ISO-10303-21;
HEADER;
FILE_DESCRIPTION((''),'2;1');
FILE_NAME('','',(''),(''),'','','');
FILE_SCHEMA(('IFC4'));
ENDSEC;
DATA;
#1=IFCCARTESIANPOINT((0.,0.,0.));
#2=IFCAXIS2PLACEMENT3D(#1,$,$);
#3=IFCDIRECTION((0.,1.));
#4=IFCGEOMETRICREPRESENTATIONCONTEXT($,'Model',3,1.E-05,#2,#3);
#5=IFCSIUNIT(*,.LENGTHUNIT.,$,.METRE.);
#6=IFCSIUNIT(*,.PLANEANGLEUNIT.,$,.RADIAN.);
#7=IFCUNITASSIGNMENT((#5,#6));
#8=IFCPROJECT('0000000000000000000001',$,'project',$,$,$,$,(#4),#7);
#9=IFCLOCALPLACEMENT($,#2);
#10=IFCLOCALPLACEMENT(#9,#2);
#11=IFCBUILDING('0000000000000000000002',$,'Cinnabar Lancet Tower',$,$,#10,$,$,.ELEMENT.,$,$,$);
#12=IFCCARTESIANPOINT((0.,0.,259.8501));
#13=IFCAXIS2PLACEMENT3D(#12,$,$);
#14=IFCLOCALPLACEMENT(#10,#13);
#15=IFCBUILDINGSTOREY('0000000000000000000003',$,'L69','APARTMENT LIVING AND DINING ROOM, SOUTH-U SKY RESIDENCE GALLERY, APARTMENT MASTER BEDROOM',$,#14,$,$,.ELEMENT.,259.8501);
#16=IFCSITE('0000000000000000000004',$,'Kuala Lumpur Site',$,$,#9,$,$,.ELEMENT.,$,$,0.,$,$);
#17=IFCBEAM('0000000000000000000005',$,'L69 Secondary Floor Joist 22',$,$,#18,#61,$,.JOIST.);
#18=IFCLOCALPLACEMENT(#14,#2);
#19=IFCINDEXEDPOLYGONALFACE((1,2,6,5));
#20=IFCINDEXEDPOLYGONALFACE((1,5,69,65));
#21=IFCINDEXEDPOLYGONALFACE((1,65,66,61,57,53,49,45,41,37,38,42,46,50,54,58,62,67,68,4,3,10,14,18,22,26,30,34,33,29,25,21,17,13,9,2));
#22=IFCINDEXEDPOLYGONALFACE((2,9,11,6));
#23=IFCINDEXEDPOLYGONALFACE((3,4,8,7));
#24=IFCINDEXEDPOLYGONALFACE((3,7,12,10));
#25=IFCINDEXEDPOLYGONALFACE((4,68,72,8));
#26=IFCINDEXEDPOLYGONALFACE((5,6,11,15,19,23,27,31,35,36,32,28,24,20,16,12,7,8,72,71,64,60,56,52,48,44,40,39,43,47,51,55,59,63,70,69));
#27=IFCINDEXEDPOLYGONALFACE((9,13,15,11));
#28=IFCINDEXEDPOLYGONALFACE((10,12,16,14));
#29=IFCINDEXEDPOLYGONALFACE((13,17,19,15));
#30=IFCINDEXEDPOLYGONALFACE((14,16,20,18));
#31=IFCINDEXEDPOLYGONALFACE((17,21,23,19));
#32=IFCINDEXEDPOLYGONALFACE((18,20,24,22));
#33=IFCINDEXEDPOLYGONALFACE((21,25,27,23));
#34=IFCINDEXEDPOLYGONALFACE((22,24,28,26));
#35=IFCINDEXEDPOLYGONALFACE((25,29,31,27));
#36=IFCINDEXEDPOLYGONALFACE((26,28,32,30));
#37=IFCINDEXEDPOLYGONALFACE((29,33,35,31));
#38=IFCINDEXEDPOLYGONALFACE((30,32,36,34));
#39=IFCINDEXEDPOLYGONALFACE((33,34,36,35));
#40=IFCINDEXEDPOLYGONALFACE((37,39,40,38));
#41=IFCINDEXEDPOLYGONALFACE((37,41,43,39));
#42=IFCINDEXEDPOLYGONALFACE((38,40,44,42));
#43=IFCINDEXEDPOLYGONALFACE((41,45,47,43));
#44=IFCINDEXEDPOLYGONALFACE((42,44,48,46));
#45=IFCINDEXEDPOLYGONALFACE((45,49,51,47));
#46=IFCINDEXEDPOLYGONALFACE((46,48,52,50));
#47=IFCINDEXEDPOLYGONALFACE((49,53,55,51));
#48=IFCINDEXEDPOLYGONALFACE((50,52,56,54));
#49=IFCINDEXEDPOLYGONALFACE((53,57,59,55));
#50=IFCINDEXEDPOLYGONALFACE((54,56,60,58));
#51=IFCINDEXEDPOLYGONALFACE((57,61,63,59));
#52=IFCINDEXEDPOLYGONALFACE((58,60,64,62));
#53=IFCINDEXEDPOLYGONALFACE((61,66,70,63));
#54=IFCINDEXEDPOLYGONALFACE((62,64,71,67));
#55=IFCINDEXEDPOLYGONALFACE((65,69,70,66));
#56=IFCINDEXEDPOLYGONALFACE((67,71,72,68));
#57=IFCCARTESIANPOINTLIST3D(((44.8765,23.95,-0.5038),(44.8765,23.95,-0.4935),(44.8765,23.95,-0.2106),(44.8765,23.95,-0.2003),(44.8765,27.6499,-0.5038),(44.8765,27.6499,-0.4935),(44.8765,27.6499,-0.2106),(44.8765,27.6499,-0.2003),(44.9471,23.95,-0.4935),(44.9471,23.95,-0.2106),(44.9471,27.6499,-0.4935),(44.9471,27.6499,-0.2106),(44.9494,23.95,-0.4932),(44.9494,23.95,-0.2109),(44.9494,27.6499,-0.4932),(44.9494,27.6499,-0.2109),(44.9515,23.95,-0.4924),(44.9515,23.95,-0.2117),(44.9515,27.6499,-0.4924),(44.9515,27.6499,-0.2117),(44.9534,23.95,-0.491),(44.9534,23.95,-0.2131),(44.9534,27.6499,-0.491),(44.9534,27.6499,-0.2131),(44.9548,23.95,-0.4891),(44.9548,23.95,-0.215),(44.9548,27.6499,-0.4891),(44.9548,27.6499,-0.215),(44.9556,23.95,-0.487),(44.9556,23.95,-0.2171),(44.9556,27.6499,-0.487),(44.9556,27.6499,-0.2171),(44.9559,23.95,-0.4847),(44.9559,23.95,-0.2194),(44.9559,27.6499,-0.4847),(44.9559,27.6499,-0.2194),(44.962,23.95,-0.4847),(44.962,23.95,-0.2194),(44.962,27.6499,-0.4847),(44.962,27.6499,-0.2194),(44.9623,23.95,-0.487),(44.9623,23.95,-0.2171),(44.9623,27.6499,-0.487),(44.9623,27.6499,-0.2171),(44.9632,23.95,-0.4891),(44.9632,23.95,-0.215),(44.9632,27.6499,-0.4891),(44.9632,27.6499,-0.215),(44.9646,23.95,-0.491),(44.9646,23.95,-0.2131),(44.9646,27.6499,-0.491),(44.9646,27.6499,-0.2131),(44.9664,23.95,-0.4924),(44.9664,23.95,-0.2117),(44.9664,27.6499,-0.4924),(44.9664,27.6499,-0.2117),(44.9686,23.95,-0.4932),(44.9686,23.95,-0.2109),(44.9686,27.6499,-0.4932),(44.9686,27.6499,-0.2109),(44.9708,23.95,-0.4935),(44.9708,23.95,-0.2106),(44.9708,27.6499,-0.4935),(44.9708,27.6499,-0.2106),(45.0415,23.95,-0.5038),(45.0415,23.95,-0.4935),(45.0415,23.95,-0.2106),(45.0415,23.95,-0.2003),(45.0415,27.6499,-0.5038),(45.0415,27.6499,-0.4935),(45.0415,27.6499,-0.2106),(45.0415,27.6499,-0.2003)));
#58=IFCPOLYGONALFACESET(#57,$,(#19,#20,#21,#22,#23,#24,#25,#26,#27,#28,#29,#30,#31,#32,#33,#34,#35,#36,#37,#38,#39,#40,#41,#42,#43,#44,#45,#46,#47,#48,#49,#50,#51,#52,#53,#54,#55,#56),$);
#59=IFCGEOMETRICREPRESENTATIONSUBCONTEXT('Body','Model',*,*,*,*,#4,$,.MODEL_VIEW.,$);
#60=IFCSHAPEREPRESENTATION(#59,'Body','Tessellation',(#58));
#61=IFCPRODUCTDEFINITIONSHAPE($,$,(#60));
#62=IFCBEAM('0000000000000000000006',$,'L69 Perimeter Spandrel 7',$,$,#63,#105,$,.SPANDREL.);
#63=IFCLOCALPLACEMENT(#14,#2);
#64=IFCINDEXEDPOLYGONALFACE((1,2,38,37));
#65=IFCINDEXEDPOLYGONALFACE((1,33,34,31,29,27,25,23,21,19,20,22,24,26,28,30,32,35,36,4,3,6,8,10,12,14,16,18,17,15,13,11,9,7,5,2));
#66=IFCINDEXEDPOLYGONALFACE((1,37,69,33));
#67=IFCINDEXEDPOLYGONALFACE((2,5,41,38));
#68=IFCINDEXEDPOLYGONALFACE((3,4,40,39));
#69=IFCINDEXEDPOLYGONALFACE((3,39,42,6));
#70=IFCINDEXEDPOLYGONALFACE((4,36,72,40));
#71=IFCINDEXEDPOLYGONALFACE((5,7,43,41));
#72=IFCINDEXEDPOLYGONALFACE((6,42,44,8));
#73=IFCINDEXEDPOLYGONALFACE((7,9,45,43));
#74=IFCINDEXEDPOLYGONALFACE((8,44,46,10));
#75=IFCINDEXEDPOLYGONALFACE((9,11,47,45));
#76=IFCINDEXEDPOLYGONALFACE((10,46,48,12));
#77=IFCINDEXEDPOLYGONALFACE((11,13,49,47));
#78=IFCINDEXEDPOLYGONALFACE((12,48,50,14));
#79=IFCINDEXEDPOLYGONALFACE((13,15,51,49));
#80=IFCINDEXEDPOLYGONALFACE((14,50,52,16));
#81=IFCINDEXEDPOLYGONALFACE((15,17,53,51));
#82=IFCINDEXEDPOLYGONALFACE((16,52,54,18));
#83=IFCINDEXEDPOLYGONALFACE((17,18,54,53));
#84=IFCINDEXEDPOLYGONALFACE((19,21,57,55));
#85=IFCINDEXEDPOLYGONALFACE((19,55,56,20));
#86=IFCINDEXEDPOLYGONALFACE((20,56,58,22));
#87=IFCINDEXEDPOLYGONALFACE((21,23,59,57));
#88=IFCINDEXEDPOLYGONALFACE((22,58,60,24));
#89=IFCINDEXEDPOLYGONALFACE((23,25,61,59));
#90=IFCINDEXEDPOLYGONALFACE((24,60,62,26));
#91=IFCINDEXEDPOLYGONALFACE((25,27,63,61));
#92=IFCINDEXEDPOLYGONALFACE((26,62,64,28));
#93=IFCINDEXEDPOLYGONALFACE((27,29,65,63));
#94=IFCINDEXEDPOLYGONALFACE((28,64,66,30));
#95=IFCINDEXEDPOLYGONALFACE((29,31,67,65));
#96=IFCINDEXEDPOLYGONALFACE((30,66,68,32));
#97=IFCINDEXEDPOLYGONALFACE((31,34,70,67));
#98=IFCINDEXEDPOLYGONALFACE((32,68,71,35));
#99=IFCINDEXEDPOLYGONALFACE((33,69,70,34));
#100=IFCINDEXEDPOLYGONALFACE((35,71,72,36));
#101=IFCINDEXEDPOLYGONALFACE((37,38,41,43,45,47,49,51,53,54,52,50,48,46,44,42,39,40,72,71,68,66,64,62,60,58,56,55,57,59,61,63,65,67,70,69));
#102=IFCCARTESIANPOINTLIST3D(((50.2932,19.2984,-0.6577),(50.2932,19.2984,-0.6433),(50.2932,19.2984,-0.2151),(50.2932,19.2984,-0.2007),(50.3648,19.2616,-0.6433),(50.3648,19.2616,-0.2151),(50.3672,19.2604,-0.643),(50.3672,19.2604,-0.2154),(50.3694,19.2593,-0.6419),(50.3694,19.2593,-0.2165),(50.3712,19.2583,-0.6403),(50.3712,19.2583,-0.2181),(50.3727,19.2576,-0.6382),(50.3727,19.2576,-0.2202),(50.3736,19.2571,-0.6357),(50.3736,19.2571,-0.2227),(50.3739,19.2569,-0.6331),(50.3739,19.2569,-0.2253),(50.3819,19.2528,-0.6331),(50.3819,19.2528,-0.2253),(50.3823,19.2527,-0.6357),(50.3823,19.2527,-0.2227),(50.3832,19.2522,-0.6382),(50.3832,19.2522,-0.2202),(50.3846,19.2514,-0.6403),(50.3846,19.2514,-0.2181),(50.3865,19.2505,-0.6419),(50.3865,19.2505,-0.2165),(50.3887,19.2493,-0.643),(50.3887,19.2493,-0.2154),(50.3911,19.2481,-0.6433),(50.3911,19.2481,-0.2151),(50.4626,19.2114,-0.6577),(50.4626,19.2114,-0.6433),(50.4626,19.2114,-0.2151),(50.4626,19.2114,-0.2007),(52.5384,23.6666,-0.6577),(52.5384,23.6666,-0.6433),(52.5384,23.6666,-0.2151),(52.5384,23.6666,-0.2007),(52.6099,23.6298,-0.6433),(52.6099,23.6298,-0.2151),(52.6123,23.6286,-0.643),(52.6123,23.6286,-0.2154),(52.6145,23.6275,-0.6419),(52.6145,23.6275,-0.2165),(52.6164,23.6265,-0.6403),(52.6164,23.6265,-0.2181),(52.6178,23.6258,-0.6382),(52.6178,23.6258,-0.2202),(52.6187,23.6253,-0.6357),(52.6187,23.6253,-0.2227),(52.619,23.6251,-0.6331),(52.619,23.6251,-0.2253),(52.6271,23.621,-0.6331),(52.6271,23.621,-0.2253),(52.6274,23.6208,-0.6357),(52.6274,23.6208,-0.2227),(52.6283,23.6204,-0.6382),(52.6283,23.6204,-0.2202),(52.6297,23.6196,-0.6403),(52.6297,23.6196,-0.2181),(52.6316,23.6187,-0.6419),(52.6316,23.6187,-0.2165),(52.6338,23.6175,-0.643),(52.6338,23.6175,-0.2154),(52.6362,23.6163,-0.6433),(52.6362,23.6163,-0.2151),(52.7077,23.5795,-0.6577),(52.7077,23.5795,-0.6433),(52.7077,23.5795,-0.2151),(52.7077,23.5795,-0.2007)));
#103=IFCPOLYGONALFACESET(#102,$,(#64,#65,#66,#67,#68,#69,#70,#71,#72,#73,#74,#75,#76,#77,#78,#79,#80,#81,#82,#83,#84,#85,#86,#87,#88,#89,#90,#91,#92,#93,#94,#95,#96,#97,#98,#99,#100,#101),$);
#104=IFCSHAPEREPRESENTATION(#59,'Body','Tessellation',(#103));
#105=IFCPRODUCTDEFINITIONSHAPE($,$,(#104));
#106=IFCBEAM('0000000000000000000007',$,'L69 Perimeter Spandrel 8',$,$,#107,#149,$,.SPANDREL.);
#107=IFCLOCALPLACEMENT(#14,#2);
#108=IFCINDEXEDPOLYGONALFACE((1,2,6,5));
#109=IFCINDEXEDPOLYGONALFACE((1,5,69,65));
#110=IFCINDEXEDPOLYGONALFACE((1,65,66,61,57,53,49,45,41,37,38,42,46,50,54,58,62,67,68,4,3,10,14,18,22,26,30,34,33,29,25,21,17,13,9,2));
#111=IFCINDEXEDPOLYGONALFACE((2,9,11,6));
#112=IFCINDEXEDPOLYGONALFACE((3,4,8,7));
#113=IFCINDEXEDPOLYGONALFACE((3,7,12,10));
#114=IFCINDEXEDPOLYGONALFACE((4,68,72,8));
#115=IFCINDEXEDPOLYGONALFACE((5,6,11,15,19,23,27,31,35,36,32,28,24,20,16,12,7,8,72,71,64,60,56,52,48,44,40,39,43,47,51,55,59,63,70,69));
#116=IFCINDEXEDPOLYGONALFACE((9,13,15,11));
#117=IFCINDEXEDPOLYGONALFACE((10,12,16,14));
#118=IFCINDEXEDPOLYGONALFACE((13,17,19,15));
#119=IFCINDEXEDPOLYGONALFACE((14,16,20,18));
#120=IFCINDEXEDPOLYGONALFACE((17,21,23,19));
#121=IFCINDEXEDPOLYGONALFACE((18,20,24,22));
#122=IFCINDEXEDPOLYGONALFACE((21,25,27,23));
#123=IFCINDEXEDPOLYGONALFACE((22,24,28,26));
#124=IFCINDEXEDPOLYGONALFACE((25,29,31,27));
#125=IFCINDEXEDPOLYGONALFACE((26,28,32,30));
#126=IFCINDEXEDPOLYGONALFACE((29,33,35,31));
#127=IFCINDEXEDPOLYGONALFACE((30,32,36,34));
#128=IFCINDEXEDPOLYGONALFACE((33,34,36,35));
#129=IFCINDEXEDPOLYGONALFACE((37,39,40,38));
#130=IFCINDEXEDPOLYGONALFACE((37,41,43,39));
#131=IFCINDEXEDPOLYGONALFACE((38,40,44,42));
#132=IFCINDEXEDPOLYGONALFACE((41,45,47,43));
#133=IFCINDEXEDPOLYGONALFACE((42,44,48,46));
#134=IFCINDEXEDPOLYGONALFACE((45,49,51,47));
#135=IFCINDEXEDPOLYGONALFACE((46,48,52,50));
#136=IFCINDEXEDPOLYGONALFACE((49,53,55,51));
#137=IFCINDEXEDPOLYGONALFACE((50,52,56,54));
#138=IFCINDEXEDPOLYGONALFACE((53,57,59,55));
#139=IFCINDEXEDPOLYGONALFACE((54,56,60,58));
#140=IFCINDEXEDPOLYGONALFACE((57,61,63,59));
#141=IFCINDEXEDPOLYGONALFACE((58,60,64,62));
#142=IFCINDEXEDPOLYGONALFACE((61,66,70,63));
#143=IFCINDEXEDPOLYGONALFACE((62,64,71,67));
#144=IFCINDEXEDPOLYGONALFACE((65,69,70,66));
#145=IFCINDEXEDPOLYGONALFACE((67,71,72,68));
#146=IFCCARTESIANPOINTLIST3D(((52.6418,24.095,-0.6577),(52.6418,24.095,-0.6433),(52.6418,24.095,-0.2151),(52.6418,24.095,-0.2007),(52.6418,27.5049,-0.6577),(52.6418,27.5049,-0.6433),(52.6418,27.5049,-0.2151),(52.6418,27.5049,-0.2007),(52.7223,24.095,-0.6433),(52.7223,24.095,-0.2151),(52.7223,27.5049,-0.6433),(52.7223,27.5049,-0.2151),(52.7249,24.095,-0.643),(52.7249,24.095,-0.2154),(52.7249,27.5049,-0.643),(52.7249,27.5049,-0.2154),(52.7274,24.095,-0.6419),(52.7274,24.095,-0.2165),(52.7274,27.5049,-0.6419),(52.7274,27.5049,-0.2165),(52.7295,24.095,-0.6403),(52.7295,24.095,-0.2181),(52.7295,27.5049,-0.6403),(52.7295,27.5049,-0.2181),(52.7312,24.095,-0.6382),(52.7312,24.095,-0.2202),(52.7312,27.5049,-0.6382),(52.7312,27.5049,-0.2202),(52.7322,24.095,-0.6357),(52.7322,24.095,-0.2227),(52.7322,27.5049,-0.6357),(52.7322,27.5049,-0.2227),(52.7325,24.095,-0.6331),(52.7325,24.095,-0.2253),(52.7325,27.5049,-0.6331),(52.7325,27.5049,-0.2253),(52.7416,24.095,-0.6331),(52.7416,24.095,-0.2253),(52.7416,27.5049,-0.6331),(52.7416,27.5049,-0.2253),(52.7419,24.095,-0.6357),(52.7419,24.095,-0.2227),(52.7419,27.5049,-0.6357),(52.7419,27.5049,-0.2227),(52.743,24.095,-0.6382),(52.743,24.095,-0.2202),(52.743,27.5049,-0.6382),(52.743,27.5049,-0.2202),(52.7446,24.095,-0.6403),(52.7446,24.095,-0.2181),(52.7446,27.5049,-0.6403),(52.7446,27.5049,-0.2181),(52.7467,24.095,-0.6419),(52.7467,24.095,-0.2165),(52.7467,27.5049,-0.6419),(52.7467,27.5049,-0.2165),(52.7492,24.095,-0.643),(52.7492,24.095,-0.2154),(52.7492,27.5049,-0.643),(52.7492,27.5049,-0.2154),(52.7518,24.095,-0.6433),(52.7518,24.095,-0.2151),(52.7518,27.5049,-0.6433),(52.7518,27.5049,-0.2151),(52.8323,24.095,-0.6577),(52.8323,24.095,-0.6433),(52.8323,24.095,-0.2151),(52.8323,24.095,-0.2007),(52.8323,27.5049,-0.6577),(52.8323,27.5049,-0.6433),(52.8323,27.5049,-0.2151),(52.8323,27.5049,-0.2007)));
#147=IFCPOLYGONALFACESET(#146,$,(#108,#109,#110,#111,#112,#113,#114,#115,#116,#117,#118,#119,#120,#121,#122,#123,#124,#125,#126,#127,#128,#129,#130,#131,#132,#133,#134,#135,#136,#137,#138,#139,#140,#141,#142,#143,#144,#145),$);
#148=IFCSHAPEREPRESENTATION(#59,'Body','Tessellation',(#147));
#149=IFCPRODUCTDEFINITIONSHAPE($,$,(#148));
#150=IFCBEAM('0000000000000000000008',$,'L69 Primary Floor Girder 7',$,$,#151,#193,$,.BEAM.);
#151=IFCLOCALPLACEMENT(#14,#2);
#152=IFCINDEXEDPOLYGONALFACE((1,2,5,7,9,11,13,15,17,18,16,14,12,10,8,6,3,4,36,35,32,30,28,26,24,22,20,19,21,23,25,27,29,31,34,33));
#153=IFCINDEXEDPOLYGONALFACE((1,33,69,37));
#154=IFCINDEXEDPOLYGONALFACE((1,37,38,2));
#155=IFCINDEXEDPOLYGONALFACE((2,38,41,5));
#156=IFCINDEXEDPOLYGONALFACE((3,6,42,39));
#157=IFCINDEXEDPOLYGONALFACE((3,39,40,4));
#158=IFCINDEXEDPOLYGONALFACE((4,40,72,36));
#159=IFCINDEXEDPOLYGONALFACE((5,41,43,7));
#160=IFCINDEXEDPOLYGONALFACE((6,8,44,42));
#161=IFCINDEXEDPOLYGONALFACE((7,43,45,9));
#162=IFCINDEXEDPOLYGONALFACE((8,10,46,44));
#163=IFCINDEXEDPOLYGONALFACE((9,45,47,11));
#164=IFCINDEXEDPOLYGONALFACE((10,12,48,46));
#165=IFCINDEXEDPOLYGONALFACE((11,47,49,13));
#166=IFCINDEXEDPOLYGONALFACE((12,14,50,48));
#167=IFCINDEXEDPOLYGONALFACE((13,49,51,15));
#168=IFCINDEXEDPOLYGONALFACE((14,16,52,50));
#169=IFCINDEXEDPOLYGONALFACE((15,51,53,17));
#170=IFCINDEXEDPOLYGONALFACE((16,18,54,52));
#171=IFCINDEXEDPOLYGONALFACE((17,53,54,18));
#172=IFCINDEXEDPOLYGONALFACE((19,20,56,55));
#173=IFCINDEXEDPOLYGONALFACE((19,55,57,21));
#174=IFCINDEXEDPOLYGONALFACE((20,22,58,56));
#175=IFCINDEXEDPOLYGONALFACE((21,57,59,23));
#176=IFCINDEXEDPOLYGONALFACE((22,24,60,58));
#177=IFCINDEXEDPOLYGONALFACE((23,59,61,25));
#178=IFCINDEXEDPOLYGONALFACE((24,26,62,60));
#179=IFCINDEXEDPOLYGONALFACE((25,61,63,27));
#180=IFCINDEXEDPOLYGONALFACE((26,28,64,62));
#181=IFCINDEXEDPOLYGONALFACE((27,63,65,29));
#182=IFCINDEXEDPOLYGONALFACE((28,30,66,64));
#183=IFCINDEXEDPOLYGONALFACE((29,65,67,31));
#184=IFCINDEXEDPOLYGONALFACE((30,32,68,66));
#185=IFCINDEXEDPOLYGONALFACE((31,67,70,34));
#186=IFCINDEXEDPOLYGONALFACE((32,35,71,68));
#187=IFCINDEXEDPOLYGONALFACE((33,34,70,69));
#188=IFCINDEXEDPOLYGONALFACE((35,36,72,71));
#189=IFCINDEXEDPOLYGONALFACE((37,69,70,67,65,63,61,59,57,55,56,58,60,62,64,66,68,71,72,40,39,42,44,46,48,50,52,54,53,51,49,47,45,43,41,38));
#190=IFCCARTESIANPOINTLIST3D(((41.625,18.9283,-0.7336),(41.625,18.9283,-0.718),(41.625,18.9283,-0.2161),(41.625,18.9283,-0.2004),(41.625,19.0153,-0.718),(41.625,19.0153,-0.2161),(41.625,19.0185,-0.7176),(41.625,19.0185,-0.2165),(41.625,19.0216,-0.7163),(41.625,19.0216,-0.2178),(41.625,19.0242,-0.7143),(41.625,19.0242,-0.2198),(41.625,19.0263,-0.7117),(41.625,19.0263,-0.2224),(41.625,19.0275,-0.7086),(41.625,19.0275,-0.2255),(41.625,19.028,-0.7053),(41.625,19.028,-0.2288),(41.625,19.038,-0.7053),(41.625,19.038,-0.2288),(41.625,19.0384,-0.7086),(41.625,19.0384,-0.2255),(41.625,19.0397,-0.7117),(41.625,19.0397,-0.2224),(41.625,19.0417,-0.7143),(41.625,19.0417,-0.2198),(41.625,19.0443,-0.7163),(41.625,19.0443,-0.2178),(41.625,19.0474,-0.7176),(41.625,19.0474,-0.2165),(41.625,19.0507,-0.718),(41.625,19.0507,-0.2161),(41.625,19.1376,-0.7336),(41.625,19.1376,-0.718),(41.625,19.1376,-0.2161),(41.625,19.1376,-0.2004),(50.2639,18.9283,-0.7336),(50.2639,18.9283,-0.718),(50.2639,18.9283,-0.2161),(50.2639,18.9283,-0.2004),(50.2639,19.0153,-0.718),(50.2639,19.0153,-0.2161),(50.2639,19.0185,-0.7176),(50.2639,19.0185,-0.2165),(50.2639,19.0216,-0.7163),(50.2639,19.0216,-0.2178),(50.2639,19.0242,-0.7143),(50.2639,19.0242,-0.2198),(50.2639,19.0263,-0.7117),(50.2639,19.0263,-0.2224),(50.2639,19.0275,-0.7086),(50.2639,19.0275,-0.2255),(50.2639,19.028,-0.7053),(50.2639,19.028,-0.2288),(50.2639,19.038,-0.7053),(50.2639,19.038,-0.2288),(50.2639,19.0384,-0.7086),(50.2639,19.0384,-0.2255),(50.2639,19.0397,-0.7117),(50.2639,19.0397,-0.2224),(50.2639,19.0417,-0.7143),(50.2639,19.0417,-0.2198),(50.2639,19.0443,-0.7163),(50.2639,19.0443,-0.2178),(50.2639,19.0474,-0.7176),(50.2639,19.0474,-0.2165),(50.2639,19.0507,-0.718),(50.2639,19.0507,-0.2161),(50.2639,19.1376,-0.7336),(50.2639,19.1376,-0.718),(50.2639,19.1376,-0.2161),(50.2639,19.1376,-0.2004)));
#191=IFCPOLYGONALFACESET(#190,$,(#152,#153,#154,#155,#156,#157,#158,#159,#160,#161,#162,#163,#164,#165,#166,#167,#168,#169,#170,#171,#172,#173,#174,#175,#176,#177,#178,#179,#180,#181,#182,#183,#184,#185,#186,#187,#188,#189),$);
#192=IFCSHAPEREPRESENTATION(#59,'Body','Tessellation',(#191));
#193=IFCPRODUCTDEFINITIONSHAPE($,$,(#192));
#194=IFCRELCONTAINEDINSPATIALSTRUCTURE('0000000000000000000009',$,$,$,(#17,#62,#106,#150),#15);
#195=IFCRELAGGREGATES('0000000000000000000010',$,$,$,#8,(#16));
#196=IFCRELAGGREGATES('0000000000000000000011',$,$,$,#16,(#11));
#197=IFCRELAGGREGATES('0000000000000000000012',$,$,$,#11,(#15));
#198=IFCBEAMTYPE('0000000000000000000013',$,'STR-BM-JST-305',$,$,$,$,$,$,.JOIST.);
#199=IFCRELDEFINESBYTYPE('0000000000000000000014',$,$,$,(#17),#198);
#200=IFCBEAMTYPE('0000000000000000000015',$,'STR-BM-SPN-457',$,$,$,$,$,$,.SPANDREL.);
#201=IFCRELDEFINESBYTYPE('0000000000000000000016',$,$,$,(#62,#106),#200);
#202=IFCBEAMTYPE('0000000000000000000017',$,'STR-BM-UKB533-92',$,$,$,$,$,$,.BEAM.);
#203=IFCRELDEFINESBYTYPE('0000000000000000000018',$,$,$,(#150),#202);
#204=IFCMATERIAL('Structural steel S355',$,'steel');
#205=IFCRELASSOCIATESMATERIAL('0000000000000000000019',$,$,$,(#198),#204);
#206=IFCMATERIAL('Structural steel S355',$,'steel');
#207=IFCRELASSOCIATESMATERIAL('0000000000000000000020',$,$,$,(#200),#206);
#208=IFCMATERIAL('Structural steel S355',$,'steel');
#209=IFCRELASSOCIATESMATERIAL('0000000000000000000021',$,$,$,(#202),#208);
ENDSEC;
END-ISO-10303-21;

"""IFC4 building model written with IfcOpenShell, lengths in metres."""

from ifc_helpers import new_model, si_unit, direction, frame, origin, origin_2d, place, context, subcontext, project, spatial, i_section, extrude, material, material_profile, profile_set, type_object, element, save


model = new_model("IFC4")

# Units and contexts
model_context = context("Model", 3, precision=1e-05, world=origin(), true_north=direction((0.0, 1.0)))
body_context = subcontext(model_context, "Body", "Model", "MODEL_VIEW")
ifc_project = project(units=[si_unit("LENGTHUNIT", "METRE"), si_unit("PLANEANGLEUNIT", "RADIAN")], contexts=[model_context])

# Site, building, storey
site_placement = place(None, origin())
site = spatial("IfcSite", under=ifc_project, at=site_placement, Name="Kuala Lumpur Site", CompositionType="ELEMENT", RefElevation=0.0)
building_placement = place(site_placement, origin())
building = spatial("IfcBuilding", under=site, at=building_placement, Name="Cinnabar Lancet Tower", CompositionType="ELEMENT")
storey_placement = place(building_placement, frame((0.0, 0.0, 259.8501)))
storey = spatial("IfcBuildingStorey", under=building, at=storey_placement, Name="L69", Description="APARTMENT LIVING AND DINING ROOM, SOUTH-U SKY RESIDENCE GALLERY, APARTMENT MASTER BEDROOM", CompositionType="ELEMENT", Elevation=259.8501)

# Beams
ifc_material_1 = material(Name="Structural steel S355", Category="steel")
ifc_material_profile_1 = material_profile(ifc_material_1, i_section(OverallWidth=0.165, OverallDepth=0.3035, WebThickness=0.0061, FlangeThickness=0.0103, FilletRadius=0.0088, at=origin_2d()), Name="UKB 305x165x40")
ifc_profile_set_1 = profile_set([ifc_material_profile_1], Name="Structural steel S355")
beam_type_1 = type_object("IfcBeamType", Name="STR-BM-JST-305", PredefinedType="JOIST", material=ifc_profile_set_1)
for number, where, z_axis, x_axis, name in (
    (1, (44.959, 23.95, -0.3521), (0.0, 1.0, 0.0), (-1.0, 0.0, 0.0), "L69 Secondary Floor Joist 22"),
):
    element("IfcBeam", number, at=place(storey_placement, frame(where, z_axis=z_axis, x_axis=x_axis)), inside=storey, type_object=beam_type_1, Name=name, PredefinedType="JOIST", context=body_context, shape_type="SweptSolid", body=[
        extrude(i_section(OverallWidth=0.165, OverallDepth=0.3035, WebThickness=0.0061, FlangeThickness=0.0103, FilletRadius=0.0088, at=origin_2d()), origin(), (0.0, 0.0, 1.0), 3.7),
    ])
ifc_material_2 = material(Name="Structural steel S355", Category="steel")
ifc_material_profile_2 = material_profile(ifc_material_2, i_section(OverallWidth=0.1904, OverallDepth=0.457, WebThickness=0.009, FlangeThickness=0.0144, FilletRadius=0.0103, at=origin_2d()), Name="UKB 457x191x74")
ifc_profile_set_2 = profile_set([ifc_material_profile_2], Name="Structural steel S355")
beam_type_2 = type_object("IfcBeamType", Name="STR-BM-SPN-457", PredefinedType="SPANDREL", material=ifc_profile_set_2)
beam_1_placement = place(storey_placement, frame((50.3779, 19.2549, -0.4292), z_axis=(0.457128, 0.889401, 0.0), x_axis=(-0.889401, 0.457128, 0.0)))
element("IfcBeam", 2, at=beam_1_placement, inside=storey, type_object=beam_type_2, Name="L69 Perimeter Spandrel 7", PredefinedType="SPANDREL", context=body_context, shape_type="SweptSolid", body=[
    extrude(i_section(OverallWidth=0.1904, OverallDepth=0.457, WebThickness=0.009, FlangeThickness=0.0144, FilletRadius=0.0103, at=origin_2d()), origin(), (0.0, 0.0, 1.0), 4.9114),
])
beam_2_placement = place(storey_placement, frame((52.7371, 24.095, -0.4292), z_axis=(0.0, 1.0, 0.0), x_axis=(-1.0, 0.0, 0.0)))
element("IfcBeam", 3, at=beam_2_placement, inside=storey, type_object=beam_type_2, Name="L69 Perimeter Spandrel 8", PredefinedType="SPANDREL", context=body_context, shape_type="SweptSolid", body=[
    extrude(i_section(OverallWidth=0.1904, OverallDepth=0.457, WebThickness=0.009, FlangeThickness=0.0144, FilletRadius=0.0103, at=origin_2d()), origin(), (0.0, 0.0, 1.0), 3.4099),
])
ifc_material_3 = material(Name="Structural steel S355", Category="steel")
ifc_material_profile_3 = material_profile(ifc_material_3, i_section(OverallWidth=0.2092, OverallDepth=0.5332, WebThickness=0.01, FlangeThickness=0.0156, FilletRadius=0.0127, at=origin_2d()), Name="UKB 533x210x92")
ifc_profile_set_3 = profile_set([ifc_material_profile_3], Name="Structural steel S355")
beam_type_3 = type_object("IfcBeamType", Name="STR-BM-UKB533-92", PredefinedType="BEAM", material=ifc_profile_set_3)
beam_3_placement = place(storey_placement, frame((50.2639, 19.033, -0.467), z_axis=(-1.0, 0.0, 0.0), x_axis=(0.0, -1.0, 0.0)))
element("IfcBeam", 4, at=beam_3_placement, inside=storey, type_object=beam_type_3, Name="L69 Primary Floor Girder 7", PredefinedType="BEAM", context=body_context, shape_type="SweptSolid", body=[
    extrude(i_section(OverallWidth=0.2092, OverallDepth=0.5332, WebThickness=0.01, FlangeThickness=0.0156, FilletRadius=0.0127, at=origin_2d()), origin(), (0.0, 0.0, 1.0), 8.6389),
])

save(model, "model.ifc")
